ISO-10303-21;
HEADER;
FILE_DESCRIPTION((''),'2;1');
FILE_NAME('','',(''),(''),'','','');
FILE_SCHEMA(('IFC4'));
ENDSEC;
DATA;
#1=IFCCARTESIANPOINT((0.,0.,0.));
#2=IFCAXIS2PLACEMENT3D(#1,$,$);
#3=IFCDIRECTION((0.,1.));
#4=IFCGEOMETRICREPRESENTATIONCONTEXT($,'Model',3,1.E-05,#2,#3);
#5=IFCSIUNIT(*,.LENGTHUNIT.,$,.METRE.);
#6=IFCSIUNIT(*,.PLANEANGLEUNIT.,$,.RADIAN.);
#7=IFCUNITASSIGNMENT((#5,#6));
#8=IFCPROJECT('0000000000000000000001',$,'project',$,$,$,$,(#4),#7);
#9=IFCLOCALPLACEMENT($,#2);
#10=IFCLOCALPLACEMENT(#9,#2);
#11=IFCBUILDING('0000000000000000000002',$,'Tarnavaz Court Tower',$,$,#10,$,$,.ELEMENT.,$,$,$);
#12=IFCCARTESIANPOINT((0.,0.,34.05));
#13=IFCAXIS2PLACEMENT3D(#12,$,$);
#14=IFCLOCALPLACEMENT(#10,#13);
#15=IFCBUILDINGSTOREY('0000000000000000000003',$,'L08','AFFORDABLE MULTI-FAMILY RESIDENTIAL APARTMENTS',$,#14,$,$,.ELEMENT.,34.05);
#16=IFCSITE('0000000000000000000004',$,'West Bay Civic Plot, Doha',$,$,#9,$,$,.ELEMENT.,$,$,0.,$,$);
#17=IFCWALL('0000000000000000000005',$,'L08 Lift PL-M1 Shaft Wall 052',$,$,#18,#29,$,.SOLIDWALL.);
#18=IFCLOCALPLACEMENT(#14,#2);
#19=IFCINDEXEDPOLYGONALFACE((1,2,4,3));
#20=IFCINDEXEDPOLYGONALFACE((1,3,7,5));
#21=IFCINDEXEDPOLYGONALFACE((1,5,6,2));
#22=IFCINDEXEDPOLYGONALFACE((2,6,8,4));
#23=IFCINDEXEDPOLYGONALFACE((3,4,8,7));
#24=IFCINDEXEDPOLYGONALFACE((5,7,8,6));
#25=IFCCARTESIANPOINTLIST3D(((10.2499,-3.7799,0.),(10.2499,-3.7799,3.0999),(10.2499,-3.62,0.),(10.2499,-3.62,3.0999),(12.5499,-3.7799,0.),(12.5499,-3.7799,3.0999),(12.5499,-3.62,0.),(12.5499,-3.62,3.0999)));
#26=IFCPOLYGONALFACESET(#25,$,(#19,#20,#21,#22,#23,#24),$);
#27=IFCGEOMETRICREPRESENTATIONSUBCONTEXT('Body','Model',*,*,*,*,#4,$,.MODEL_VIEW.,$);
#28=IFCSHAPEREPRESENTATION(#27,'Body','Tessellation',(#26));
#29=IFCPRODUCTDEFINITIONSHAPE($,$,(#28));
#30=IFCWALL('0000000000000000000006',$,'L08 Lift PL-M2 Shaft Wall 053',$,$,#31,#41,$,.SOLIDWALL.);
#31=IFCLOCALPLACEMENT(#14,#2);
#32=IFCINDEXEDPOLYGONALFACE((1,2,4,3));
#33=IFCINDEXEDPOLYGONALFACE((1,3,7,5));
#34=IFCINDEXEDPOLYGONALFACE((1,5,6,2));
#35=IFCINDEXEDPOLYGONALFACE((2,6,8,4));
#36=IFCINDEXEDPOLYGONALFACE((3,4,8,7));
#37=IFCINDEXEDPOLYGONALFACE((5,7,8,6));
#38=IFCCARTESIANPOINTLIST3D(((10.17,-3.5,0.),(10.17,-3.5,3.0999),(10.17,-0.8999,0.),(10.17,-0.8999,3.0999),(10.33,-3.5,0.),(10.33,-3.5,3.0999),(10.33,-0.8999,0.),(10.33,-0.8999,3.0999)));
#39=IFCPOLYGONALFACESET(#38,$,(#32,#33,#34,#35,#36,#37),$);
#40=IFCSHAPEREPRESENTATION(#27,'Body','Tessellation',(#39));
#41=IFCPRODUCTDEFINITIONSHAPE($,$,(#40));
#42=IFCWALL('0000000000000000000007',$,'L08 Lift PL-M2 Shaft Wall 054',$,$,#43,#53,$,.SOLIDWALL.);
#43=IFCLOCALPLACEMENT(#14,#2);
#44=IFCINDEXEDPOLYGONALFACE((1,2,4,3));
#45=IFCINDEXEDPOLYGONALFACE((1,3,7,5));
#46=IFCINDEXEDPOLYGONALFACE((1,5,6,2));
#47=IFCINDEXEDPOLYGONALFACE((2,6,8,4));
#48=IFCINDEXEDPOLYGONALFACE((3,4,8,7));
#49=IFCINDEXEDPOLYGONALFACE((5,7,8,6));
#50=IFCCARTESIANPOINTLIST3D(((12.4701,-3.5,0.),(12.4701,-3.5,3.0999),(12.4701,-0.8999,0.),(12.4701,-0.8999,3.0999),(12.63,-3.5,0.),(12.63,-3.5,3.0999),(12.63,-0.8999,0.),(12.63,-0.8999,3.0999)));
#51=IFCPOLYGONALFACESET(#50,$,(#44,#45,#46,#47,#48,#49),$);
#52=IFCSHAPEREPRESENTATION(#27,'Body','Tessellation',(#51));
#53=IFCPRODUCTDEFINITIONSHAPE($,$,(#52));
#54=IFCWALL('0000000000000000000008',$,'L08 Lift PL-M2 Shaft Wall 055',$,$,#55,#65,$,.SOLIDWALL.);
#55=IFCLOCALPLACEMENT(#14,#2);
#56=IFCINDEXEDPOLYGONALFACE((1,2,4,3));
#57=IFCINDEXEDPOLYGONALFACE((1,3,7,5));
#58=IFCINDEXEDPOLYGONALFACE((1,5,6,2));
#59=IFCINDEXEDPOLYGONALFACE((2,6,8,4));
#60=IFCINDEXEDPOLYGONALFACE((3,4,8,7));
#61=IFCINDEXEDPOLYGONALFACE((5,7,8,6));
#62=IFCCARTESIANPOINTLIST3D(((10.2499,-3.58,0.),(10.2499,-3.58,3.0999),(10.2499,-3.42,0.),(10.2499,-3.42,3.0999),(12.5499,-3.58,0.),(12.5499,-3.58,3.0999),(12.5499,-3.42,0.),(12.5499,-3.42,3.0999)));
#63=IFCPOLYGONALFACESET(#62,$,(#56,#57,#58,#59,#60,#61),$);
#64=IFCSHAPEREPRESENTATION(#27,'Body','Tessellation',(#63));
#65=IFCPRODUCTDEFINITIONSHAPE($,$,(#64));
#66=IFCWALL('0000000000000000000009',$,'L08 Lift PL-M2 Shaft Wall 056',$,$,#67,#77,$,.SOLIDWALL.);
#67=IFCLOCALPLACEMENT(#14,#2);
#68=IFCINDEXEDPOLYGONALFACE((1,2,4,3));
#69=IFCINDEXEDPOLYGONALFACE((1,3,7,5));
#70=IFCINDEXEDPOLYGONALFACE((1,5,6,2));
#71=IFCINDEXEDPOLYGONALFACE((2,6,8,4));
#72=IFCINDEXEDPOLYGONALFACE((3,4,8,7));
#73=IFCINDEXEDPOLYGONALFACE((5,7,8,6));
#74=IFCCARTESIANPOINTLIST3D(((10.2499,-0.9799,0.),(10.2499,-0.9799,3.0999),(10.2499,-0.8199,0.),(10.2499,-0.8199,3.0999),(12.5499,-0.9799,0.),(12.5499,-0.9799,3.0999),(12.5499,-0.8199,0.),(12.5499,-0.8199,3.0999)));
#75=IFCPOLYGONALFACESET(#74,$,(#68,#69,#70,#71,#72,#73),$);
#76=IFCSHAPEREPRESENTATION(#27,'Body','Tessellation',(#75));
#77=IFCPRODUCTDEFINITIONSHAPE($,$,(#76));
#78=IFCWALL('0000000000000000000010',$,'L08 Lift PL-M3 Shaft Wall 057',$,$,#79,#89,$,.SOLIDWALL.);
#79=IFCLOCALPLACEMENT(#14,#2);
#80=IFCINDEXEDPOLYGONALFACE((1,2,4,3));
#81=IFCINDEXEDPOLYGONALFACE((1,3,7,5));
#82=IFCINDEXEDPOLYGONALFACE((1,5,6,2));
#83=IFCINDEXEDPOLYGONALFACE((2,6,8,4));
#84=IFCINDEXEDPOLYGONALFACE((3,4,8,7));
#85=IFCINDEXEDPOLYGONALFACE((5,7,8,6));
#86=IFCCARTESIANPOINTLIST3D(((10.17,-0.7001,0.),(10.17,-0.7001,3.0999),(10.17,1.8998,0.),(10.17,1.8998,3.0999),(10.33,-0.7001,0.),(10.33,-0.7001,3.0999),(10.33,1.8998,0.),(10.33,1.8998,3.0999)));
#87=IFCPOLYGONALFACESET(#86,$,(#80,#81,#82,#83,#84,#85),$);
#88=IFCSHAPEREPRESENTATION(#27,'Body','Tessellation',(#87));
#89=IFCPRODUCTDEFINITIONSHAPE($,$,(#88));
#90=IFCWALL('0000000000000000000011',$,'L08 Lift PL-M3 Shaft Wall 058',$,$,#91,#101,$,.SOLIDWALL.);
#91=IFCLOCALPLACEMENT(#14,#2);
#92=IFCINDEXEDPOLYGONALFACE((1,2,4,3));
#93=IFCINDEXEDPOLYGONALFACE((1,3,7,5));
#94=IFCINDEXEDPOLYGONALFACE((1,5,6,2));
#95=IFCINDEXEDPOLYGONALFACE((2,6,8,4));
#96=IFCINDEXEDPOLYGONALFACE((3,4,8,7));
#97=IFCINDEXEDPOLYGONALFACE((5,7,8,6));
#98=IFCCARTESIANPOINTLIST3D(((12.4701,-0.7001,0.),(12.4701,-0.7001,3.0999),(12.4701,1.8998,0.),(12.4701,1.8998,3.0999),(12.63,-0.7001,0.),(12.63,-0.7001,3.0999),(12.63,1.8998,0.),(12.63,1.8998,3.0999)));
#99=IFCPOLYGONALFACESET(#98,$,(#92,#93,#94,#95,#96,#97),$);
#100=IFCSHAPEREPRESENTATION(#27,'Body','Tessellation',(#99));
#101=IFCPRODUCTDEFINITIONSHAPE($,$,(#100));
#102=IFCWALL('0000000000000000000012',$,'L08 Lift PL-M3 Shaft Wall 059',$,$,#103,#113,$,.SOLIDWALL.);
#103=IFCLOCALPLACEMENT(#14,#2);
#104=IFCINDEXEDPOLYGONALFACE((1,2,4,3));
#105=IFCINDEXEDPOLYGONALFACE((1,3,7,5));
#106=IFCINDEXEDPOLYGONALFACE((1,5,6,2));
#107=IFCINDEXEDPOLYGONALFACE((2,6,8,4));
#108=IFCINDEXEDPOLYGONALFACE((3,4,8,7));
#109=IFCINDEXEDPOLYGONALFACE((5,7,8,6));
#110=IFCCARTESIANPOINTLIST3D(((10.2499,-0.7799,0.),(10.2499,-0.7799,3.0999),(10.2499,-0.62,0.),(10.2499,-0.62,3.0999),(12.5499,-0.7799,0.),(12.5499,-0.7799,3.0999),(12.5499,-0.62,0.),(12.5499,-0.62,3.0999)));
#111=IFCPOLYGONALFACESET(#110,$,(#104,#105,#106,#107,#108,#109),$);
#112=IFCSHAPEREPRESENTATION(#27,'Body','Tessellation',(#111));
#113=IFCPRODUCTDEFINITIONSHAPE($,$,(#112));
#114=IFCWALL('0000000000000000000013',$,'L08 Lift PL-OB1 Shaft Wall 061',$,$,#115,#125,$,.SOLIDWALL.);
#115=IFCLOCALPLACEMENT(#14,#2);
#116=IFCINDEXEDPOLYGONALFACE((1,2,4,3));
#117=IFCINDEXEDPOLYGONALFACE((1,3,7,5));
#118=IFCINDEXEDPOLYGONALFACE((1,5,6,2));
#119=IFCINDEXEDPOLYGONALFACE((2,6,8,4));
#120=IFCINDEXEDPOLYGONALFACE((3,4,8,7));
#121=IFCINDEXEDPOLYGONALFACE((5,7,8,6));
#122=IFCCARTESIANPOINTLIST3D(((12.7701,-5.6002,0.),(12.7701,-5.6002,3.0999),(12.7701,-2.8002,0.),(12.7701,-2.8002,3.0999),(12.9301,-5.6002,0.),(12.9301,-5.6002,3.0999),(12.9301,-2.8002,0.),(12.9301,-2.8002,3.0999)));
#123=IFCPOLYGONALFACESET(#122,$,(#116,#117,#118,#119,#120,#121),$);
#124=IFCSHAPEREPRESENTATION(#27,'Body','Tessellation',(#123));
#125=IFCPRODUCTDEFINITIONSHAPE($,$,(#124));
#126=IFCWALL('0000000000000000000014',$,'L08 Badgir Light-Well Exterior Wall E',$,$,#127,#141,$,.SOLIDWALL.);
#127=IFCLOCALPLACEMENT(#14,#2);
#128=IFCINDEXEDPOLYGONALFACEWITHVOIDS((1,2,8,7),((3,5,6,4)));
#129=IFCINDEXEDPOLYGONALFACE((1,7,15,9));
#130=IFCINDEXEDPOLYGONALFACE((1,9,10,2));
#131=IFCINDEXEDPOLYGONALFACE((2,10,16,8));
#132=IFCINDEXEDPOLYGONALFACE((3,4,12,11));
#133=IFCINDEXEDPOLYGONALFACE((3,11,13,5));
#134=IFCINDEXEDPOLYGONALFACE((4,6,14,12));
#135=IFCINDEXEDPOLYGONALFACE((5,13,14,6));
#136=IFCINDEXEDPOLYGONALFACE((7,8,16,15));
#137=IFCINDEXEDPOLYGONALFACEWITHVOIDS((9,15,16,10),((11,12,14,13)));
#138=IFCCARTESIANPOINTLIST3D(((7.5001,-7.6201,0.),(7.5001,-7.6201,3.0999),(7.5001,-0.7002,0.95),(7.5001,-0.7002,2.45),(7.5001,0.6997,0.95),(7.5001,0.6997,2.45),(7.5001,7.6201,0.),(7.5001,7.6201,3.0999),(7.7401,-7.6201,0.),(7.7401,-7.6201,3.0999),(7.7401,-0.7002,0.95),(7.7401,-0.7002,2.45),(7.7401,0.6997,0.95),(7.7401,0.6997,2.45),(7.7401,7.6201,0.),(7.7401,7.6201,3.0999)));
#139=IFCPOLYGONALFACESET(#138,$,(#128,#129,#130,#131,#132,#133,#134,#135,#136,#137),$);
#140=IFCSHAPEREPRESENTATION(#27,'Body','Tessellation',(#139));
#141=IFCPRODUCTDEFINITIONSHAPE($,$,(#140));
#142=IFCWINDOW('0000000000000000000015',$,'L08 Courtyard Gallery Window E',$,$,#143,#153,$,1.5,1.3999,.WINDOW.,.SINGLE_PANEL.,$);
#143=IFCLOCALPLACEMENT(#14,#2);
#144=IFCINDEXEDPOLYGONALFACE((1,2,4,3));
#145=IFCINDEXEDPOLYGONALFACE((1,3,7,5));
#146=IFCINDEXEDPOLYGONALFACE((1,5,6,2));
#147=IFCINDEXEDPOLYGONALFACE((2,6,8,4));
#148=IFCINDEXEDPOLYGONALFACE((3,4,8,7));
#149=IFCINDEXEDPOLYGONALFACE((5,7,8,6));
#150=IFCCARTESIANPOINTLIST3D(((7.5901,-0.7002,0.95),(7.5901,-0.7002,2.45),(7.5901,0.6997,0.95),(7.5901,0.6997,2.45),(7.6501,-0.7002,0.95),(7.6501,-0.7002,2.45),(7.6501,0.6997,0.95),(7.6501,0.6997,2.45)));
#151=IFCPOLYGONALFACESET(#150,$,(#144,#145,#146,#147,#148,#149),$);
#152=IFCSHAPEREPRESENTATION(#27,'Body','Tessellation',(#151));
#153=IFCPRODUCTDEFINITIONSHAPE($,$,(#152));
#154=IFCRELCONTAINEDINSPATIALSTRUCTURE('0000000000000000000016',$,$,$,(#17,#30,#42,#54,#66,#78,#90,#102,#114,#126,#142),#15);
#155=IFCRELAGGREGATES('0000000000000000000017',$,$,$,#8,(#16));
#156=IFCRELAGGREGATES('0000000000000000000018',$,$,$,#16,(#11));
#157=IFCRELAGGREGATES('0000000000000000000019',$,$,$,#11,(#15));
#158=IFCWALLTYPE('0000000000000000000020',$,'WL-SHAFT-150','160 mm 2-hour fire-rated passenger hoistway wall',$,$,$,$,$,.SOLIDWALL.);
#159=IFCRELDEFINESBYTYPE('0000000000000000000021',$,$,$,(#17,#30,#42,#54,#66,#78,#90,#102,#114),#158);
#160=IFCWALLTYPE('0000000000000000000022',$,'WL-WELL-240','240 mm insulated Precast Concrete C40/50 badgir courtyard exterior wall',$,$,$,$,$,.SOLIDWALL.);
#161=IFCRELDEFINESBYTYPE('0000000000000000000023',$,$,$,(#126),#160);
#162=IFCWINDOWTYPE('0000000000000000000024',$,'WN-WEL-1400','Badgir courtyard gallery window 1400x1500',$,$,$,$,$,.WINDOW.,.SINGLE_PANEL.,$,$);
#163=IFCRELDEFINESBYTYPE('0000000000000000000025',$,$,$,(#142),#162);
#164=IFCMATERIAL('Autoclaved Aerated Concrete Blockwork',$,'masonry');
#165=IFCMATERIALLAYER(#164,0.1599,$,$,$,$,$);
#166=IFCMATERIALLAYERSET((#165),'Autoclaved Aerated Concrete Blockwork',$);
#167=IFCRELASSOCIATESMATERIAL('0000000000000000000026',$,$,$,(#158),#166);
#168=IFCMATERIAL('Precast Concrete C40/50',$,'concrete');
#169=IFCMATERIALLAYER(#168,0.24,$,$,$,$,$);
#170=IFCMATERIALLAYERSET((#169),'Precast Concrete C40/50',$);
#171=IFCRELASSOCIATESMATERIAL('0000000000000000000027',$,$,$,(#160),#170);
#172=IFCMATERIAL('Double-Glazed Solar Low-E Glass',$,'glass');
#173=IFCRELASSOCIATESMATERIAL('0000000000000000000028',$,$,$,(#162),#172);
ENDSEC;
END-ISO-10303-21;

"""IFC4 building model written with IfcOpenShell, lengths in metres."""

from ifc_helpers import new_model, si_unit, direction, frame, frame_2d, origin, place, context, subcontext, project, spatial, rectangle, extrude, material, layer, layer_set, type_object, element, fill, save


model = new_model("IFC4")

# Units and contexts
model_context = context("Model", 3, precision=1e-05, world=origin(), true_north=direction((0.0, 1.0)))
body_context = subcontext(model_context, "Body", "Model", "MODEL_VIEW")
ifc_project = project(units=[si_unit("LENGTHUNIT", "METRE"), si_unit("PLANEANGLEUNIT", "RADIAN")], contexts=[model_context])

# Site, building, storey
site_placement = place(None, origin())
site = spatial("IfcSite", under=ifc_project, at=site_placement, Name="West Bay Civic Plot, Doha", CompositionType="ELEMENT", RefElevation=0.0)
building_placement = place(site_placement, origin())
building = spatial("IfcBuilding", under=site, at=building_placement, Name="Tarnavaz Court Tower", CompositionType="ELEMENT")
storey_placement = place(building_placement, frame((0.0, 0.0, 34.05)))
storey = spatial("IfcBuildingStorey", under=building, at=storey_placement, Name="L08", Description="AFFORDABLE MULTI-FAMILY RESIDENTIAL APARTMENTS", CompositionType="ELEMENT", Elevation=34.05)

# Walls
ifc_material_1 = material(Name="Autoclaved Aerated Concrete Blockwork", Category="masonry")
ifc_layer_1 = layer(ifc_material_1, 0.1599)
ifc_layer_set_1 = layer_set([ifc_layer_1], Name="Autoclaved Aerated Concrete Blockwork")
wall_type_1 = type_object("IfcWallType", Name="WL-SHAFT-150", Description="160 mm 2-hour fire-rated passenger hoistway wall", PredefinedType="SOLIDWALL", material=ifc_layer_set_1)
for number, where, z_axis, x_axis, name in (
    (1, (10.25, -3.7, 0.0), (0.0, 0.0, 1.0), (1.0, 0.0, 0.0), "L08 Lift PL-M1 Shaft Wall 052"),
):
    element("IfcWall", number, at=place(storey_placement, frame(where, z_axis=z_axis, x_axis=x_axis)), inside=storey, type_object=wall_type_1, Name=name, PredefinedType="SOLIDWALL", context=body_context, shape_type="SweptSolid", body=[
        extrude(rectangle(XDim=2.3, YDim=0.1599, at=frame_2d((1.1499, 0.0))), origin(), (0.0, 0.0, 1.0), 3.0999),
    ])
for number, where, z_axis, x_axis, name in (
    (2, (10.25, -3.5, 0.0), (0.0, 0.0, 1.0), (0.0, 1.0, 0.0), "L08 Lift PL-M2 Shaft Wall 053"),
    (3, (12.55, -3.5, 0.0), (0.0, 0.0, 1.0), (0.0, 1.0, 0.0), "L08 Lift PL-M2 Shaft Wall 054"),
):
    element("IfcWall", number, at=place(storey_placement, frame(where, z_axis=z_axis, x_axis=x_axis)), inside=storey, type_object=wall_type_1, Name=name, PredefinedType="SOLIDWALL", context=body_context, shape_type="SweptSolid", body=[
        extrude(rectangle(XDim=2.6001, YDim=0.1599, at=frame_2d((1.3, 0.0))), origin(), (0.0, 0.0, 1.0), 3.0999),
    ])
for number, where, z_axis, x_axis, name in (
    (4, (10.25, -3.5, 0.0), (0.0, 0.0, 1.0), (1.0, 0.0, 0.0), "L08 Lift PL-M2 Shaft Wall 055"),
    (5, (10.25, -0.8999, 0.0), (0.0, 0.0, 1.0), (1.0, 0.0, 0.0), "L08 Lift PL-M2 Shaft Wall 056"),
):
    element("IfcWall", number, at=place(storey_placement, frame(where, z_axis=z_axis, x_axis=x_axis)), inside=storey, type_object=wall_type_1, Name=name, PredefinedType="SOLIDWALL", context=body_context, shape_type="SweptSolid", body=[
        extrude(rectangle(XDim=2.3, YDim=0.1599, at=frame_2d((1.1499, 0.0))), origin(), (0.0, 0.0, 1.0), 3.0999),
    ])
for number, where, z_axis, x_axis, name in (
    (6, (10.25, -0.7, 0.0), (0.0, 0.0, 1.0), (0.0, 1.0, 0.0), "L08 Lift PL-M3 Shaft Wall 057"),
    (7, (12.55, -0.7, 0.0), (0.0, 0.0, 1.0), (0.0, 1.0, 0.0), "L08 Lift PL-M3 Shaft Wall 058"),
):
    element("IfcWall", number, at=place(storey_placement, frame(where, z_axis=z_axis, x_axis=x_axis)), inside=storey, type_object=wall_type_1, Name=name, PredefinedType="SOLIDWALL", context=body_context, shape_type="SweptSolid", body=[
        extrude(rectangle(XDim=2.5999, YDim=0.1599, at=frame_2d((1.2998, 0.0))), origin(), (0.0, 0.0, 1.0), 3.0999),
    ])
wall_1_placement = place(storey_placement, frame((10.25, -0.7, 0.0), z_axis=(0.0, 0.0, 1.0), x_axis=(1.0, 0.0, 0.0)))
element("IfcWall", 8, at=wall_1_placement, inside=storey, type_object=wall_type_1, Name="L08 Lift PL-M3 Shaft Wall 059", PredefinedType="SOLIDWALL", context=body_context, shape_type="SweptSolid", body=[
    extrude(rectangle(XDim=2.3, YDim=0.1599, at=frame_2d((1.1499, 0.0))), origin(), (0.0, 0.0, 1.0), 3.0999),
])
wall_2_placement = place(storey_placement, frame((12.8501, -5.6001, 0.0), z_axis=(0.0, 0.0, 1.0), x_axis=(0.0, 1.0, 0.0)))
element("IfcWall", 9, at=wall_2_placement, inside=storey, type_object=wall_type_1, Name="L08 Lift PL-OB1 Shaft Wall 061", PredefinedType="SOLIDWALL", context=body_context, shape_type="SweptSolid", body=[
    extrude(rectangle(XDim=2.8, YDim=0.1599, at=frame_2d((1.3999, 0.0))), origin(), (0.0, 0.0, 1.0), 3.0999),
])

# Wall, opening, window
ifc_material_2 = material(Name="Precast Concrete C40/50", Category="concrete")
ifc_layer_2 = layer(ifc_material_2, 0.24)
ifc_layer_set_2 = layer_set([ifc_layer_2], Name="Precast Concrete C40/50")
wall_type_2 = type_object("IfcWallType", Name="WL-WELL-240", Description="240 mm insulated Precast Concrete C40/50 badgir courtyard exterior wall", PredefinedType="SOLIDWALL", material=ifc_layer_set_2)
wall_3_placement = place(storey_placement, frame((7.6201, -7.6201, 0.0), z_axis=(0.0, 0.0, 1.0), x_axis=(0.0, 1.0, 0.0)))
wall_3 = element("IfcWall", 10, at=wall_3_placement, inside=storey, type_object=wall_type_2, Name="L08 Badgir Light-Well Exterior Wall E", PredefinedType="SOLIDWALL", context=body_context, shape_type="SweptSolid", body=[
    extrude(rectangle(XDim=15.2402, YDim=0.24, at=frame_2d((7.6201, 0.0))), origin(), (0.0, 0.0, 1.0), 3.0999),
])
opening_1_placement = place(wall_3_placement, frame((6.9199, 0.0, 0.95)))
opening_1 = element("IfcOpeningElement", 11, at=opening_1_placement, cuts=wall_3, PredefinedType="OPENING", context=body_context, shape_type="SweptSolid", body=[
    extrude(rectangle(XDim=1.3999, YDim=1.5, at=frame_2d((0.7, 0.75))), frame((0.0, 0.1299, 0.0), z_axis=(0.0, -1.0, 0.0), x_axis=(1.0, 0.0, 0.0)), (0.0, 0.0, 1.0), 0.26),
])
ifc_material_3 = material(Name="Double-Glazed Solar Low-E Glass", Category="glass")
window_type = type_object("IfcWindowType", Name="WN-WEL-1400", Description="Badgir courtyard gallery window 1400x1500", PartitioningType="SINGLE_PANEL", PredefinedType="WINDOW", material=ifc_material_3)
window_placement = place(opening_1_placement, origin())
window = element("IfcWindow", 12, at=window_placement, inside=storey, type_object=window_type, Name="L08 Courtyard Gallery Window E", OverallHeight=1.5, OverallWidth=1.3999, PartitioningType="SINGLE_PANEL", PredefinedType="WINDOW", context=body_context, shape_type="SweptSolid", body=[
    extrude(rectangle(XDim=1.3999, YDim=1.5, at=frame_2d((0.7, 0.75))), frame((0.0, 0.03, 0.0), z_axis=(0.0, -1.0, 0.0), x_axis=(1.0, 0.0, 0.0)), (0.0, 0.0, 1.0), 0.0601),
])
fill(opening_1, window)

save(model, "model.ifc")
